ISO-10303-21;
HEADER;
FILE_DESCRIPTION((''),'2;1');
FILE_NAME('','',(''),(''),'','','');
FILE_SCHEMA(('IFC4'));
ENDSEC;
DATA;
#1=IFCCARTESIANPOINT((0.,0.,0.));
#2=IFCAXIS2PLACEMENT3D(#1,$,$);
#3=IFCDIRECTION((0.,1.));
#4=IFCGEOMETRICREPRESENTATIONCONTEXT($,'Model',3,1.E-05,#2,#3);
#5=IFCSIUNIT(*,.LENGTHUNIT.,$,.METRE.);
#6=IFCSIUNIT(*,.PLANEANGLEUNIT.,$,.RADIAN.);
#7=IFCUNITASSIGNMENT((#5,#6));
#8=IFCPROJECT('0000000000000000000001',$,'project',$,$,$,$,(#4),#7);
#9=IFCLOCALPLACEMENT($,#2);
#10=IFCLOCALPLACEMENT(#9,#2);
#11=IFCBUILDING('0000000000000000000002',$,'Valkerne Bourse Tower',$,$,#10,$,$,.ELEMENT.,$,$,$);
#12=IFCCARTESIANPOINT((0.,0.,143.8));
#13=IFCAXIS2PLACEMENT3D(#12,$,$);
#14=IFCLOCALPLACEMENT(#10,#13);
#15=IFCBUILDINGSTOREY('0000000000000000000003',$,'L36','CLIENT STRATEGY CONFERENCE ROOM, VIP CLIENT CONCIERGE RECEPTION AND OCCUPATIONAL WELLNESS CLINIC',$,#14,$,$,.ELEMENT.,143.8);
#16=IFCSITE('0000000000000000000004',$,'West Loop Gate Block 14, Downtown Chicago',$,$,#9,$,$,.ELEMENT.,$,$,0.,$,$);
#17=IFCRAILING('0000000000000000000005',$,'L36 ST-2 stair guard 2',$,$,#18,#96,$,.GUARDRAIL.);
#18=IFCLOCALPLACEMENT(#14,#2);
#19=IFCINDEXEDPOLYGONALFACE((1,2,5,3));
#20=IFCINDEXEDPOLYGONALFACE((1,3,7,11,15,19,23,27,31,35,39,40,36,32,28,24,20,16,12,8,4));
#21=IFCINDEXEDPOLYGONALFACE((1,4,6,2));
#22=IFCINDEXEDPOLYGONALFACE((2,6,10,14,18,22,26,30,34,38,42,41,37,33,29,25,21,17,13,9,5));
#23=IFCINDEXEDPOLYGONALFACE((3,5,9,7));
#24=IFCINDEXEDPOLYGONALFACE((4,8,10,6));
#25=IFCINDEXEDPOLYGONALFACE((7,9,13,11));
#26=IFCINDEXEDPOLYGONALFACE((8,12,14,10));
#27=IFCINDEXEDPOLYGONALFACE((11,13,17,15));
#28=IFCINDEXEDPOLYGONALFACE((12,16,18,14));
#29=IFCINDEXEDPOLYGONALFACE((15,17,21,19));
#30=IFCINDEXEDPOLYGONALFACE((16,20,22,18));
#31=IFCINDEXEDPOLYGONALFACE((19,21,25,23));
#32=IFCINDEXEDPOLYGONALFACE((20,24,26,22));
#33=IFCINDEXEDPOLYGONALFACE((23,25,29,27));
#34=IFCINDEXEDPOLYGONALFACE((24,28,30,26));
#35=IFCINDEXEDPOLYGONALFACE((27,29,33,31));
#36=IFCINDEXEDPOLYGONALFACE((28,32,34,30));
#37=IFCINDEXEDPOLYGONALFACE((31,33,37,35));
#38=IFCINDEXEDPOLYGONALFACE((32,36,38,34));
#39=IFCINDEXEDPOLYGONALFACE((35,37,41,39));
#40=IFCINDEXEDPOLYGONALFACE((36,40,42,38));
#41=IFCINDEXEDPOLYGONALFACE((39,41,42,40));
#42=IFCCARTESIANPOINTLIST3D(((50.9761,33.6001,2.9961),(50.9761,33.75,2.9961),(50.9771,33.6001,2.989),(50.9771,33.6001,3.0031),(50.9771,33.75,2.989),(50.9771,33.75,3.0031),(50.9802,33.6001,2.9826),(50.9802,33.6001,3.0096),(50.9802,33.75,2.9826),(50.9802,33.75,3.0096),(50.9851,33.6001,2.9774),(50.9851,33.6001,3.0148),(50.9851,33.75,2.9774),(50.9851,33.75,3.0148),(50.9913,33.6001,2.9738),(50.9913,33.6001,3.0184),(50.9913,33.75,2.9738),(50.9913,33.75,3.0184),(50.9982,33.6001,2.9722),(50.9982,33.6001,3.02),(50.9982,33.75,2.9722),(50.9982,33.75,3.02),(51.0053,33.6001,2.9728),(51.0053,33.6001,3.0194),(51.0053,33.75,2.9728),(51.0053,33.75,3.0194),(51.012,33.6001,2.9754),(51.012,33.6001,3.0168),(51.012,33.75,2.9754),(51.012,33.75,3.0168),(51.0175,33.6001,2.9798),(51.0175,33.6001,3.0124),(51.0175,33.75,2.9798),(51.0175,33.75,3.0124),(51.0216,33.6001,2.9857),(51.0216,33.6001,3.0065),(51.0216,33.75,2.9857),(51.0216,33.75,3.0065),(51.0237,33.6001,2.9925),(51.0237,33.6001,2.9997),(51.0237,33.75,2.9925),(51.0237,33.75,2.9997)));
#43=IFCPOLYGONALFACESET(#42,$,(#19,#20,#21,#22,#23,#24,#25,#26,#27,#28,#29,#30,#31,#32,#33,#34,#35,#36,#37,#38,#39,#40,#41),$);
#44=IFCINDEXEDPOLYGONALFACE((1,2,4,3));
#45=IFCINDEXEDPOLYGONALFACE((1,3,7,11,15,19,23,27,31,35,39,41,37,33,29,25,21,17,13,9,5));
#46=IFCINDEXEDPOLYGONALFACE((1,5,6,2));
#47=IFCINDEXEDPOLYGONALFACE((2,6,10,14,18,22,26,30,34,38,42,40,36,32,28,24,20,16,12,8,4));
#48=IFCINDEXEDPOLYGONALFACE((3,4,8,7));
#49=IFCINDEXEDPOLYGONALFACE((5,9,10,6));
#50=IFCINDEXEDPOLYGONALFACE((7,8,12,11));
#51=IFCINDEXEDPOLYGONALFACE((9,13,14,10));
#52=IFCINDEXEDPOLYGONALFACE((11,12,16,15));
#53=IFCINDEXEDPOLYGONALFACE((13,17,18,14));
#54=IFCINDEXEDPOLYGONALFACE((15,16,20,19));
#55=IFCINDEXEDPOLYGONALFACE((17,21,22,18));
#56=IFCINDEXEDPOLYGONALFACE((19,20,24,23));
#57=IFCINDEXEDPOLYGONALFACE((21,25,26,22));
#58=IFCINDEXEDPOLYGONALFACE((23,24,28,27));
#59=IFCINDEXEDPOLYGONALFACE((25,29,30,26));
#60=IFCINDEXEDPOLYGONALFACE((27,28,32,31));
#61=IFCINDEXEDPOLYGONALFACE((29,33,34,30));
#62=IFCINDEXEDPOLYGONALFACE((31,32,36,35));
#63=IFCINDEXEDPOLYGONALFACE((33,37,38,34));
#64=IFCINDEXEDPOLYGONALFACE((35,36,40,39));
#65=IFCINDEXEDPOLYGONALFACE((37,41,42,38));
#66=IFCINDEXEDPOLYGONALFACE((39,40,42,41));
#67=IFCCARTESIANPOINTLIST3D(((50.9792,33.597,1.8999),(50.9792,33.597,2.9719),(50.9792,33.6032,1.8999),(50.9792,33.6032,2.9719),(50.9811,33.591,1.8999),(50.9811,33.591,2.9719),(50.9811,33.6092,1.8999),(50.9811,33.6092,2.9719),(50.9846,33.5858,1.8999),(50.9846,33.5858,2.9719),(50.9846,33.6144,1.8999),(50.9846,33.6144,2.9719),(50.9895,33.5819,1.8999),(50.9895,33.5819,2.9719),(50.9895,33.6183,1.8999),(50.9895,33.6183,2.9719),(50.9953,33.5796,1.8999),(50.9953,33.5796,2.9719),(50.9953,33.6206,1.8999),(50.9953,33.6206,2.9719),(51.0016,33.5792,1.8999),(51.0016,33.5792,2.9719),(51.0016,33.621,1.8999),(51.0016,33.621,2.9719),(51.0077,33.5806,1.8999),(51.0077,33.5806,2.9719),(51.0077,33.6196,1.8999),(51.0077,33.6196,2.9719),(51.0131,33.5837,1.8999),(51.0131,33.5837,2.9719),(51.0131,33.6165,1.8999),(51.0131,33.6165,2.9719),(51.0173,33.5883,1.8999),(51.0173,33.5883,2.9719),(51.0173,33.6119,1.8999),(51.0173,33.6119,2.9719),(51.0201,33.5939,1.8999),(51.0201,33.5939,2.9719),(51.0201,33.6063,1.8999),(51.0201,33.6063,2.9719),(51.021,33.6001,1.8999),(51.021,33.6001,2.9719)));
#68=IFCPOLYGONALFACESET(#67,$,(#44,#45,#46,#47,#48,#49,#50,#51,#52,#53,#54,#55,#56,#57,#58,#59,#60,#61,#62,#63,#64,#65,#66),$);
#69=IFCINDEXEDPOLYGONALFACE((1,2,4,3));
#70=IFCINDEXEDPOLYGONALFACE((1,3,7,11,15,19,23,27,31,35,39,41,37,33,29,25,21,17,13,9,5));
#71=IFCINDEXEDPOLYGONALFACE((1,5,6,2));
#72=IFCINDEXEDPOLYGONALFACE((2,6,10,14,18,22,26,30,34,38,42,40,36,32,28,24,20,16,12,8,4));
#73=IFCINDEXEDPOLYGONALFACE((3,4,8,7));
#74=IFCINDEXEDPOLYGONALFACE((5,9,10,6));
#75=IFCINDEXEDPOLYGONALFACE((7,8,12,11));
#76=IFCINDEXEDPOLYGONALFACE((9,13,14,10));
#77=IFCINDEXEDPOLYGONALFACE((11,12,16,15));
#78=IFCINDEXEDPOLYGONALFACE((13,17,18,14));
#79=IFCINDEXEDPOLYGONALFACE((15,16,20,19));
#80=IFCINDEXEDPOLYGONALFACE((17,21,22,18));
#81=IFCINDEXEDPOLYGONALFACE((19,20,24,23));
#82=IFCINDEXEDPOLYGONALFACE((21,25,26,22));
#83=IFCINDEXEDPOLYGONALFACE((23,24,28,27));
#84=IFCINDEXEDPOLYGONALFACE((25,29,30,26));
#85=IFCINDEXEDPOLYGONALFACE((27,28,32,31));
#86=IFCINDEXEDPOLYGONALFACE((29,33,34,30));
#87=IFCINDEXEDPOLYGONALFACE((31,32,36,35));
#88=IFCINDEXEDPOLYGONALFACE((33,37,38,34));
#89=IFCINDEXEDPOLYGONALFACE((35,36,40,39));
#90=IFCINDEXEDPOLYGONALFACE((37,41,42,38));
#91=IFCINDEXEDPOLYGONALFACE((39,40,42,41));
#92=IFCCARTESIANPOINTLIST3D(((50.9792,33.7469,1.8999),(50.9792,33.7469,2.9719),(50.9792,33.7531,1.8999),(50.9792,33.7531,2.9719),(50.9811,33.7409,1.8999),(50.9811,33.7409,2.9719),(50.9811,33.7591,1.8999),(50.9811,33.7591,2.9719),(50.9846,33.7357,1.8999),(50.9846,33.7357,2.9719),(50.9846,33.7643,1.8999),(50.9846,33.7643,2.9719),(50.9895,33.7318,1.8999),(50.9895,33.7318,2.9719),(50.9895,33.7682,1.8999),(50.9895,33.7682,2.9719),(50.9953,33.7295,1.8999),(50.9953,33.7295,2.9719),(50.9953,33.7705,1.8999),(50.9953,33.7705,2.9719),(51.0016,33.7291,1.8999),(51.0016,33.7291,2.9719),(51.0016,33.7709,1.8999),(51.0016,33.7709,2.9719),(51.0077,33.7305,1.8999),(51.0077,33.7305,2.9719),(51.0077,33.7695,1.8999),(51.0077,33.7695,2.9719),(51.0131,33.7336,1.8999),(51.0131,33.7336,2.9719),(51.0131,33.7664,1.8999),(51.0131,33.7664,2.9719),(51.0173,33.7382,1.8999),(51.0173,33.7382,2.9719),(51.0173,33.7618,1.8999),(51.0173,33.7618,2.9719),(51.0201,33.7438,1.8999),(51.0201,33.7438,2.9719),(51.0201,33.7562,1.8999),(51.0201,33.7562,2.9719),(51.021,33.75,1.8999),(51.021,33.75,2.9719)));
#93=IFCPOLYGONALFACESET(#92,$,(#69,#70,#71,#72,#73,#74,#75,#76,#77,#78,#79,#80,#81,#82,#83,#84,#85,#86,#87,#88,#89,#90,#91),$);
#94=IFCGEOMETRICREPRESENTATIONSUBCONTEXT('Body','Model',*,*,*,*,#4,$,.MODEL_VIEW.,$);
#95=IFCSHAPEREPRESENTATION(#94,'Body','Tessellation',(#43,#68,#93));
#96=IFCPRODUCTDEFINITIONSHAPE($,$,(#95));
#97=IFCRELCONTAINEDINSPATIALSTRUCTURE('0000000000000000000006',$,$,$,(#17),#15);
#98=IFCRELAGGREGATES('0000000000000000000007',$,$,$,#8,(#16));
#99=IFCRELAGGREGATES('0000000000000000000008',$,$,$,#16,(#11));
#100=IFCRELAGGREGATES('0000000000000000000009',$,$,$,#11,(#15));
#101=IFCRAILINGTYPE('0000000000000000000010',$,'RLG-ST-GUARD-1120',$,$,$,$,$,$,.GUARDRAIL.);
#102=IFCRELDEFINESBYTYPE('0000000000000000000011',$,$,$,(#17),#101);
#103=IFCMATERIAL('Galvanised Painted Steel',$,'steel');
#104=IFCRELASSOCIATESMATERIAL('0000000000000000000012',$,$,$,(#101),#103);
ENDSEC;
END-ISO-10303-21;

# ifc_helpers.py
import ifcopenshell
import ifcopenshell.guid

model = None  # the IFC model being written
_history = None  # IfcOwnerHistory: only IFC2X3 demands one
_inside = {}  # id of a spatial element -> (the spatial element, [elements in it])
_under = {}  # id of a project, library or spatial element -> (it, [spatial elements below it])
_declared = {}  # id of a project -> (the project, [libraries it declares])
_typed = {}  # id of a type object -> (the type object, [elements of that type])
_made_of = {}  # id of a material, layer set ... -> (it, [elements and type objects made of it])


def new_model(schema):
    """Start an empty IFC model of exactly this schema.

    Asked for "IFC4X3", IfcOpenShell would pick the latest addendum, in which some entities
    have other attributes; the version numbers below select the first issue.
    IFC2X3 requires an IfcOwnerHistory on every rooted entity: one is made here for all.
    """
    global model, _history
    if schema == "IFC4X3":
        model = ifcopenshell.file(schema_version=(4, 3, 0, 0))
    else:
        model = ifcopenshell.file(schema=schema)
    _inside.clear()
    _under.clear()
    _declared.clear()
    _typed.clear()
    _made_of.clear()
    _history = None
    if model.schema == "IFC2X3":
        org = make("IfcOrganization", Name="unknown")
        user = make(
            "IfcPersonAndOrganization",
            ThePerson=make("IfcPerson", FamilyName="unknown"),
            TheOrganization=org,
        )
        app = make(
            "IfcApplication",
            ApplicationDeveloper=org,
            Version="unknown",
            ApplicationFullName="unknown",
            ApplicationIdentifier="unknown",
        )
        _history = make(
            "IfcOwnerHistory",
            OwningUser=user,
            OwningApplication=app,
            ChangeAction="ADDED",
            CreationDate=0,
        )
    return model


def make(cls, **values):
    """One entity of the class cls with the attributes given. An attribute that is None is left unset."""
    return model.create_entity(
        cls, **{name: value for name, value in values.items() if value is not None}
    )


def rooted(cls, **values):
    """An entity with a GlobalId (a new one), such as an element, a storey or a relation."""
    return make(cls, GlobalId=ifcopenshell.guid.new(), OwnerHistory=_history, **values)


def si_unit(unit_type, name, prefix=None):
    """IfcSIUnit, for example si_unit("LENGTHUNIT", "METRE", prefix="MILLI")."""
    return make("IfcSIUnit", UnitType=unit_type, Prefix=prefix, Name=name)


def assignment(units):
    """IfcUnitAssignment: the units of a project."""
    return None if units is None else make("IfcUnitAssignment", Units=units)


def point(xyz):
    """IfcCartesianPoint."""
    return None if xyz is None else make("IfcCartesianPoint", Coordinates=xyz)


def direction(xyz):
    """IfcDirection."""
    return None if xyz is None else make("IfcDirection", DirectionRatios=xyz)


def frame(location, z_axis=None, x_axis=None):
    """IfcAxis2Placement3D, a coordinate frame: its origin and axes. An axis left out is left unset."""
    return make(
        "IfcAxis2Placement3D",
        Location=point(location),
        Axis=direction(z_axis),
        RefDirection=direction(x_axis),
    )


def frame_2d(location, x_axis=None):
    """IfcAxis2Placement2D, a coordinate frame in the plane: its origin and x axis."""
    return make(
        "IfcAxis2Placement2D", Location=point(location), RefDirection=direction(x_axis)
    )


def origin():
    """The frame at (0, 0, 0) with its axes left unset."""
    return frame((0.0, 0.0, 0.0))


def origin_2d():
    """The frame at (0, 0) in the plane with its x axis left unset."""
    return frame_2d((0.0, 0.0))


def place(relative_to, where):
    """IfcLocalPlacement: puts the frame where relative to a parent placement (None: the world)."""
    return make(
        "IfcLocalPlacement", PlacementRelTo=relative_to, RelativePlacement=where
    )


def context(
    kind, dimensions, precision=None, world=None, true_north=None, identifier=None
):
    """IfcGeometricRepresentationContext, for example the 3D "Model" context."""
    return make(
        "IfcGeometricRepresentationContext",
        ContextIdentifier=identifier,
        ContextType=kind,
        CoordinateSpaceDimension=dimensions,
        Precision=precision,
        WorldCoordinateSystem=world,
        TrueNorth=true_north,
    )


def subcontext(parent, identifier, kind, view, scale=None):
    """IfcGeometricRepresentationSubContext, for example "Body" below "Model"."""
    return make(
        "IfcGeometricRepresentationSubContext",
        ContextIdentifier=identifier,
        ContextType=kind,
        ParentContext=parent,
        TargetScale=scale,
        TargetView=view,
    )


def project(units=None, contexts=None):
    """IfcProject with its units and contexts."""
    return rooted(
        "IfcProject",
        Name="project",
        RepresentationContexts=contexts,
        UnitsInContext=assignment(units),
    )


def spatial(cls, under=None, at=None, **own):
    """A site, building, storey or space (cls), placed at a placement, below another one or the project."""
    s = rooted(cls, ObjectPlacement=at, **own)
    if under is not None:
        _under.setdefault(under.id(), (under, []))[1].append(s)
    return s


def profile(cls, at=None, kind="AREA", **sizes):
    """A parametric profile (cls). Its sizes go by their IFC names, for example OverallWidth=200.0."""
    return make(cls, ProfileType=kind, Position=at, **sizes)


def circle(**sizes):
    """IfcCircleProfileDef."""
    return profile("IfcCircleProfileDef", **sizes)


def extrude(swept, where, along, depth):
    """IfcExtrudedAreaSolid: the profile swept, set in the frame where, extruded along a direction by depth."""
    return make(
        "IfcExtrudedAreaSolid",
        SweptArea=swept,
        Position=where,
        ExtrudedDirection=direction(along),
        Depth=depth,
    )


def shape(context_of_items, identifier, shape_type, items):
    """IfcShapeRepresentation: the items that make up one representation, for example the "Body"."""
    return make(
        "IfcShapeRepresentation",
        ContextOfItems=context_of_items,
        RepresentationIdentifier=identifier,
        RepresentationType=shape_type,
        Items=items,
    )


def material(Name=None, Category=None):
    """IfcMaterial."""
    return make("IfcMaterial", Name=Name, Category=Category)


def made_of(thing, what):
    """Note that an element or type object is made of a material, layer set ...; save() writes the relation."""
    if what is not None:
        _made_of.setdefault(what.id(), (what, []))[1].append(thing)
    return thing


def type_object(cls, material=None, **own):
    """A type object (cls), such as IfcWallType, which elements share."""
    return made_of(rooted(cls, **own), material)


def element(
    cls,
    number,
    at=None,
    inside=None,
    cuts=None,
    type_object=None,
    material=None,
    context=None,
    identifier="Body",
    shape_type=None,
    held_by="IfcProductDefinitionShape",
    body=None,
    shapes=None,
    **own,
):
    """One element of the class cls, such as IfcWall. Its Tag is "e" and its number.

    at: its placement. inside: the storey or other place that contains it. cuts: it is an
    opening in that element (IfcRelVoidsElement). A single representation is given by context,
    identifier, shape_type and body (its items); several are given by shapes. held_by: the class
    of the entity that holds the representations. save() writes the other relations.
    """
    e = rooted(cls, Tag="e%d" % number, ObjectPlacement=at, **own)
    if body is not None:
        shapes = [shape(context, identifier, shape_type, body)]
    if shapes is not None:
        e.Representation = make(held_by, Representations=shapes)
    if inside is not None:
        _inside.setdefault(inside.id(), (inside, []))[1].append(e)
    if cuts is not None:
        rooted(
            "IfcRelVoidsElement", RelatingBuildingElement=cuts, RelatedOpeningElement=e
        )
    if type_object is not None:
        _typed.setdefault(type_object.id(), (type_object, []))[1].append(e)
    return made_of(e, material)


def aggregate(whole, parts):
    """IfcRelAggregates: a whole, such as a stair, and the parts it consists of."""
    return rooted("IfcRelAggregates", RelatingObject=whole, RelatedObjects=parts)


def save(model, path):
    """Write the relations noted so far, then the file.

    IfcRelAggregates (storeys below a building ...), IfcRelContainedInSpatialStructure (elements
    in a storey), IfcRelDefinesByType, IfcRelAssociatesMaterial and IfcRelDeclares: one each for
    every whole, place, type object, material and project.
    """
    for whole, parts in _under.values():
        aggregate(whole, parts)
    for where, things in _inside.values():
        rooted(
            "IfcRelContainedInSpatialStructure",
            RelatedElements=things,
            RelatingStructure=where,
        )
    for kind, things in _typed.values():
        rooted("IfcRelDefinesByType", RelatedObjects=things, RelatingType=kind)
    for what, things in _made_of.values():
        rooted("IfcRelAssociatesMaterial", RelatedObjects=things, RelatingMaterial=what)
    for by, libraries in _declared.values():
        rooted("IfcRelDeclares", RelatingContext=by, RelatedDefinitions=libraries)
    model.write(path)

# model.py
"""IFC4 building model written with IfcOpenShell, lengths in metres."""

from ifc_helpers import new_model, si_unit, direction, frame, origin, origin_2d, place, context, subcontext, project, spatial, circle, extrude, material, type_object, element, save


model = new_model("IFC4")

# Units and contexts
model_context = context("Model", 3, precision=1e-05, world=origin(), true_north=direction((0.0, 1.0)))
body_context = subcontext(model_context, "Body", "Model", "MODEL_VIEW")
ifc_project = project(units=[si_unit("LENGTHUNIT", "METRE"), si_unit("PLANEANGLEUNIT", "RADIAN")], contexts=[model_context])

# Site, building, storey
site_placement = place(None, origin())
site = spatial("IfcSite", under=ifc_project, at=site_placement, Name="West Loop Gate Block 14, Downtown Chicago", CompositionType="ELEMENT", RefElevation=0.0)
building_placement = place(site_placement, origin())
building = spatial("IfcBuilding", under=site, at=building_placement, Name="Valkerne Bourse Tower", CompositionType="ELEMENT")
storey_placement = place(building_placement, frame((0.0, 0.0, 143.8)))
storey = spatial("IfcBuildingStorey", under=building, at=storey_placement, Name="L36", Description="CLIENT STRATEGY CONFERENCE ROOM, VIP CLIENT CONCIERGE RECEPTION AND OCCUPATIONAL WELLNESS CLINIC", CompositionType="ELEMENT", Elevation=143.8)

# Shared definitions
ifc_material_1 = material(Name="Galvanised Painted Steel", Category="steel")

# Railing
railing_type_1 = type_object("IfcRailingType", Name="RLG-ST-GUARD-1120", PredefinedType="GUARDRAIL", material=ifc_material_1)
railing_1_placement = place(storey_placement, frame((51.0, 33.6001, 1.8999)))
element("IfcRailing", 1, at=railing_1_placement, inside=storey, type_object=railing_type_1, Name="L36 ST-2 stair guard 2", PredefinedType="GUARDRAIL", context=body_context, shape_type="SweptSolid", body=[
    extrude(circle(Radius=0.0239, at=origin_2d()), frame((0.0, 0.0, 1.0962), z_axis=(0.0, 1.0, 0.0), x_axis=(-1.0, 0.0, 0.0)), (0.0, 0.0, 1.0), 0.1499),
    extrude(circle(Radius=0.021, at=origin_2d()), origin(), (0.0, 0.0, 1.0), 1.072),
    extrude(circle(Radius=0.021, at=origin_2d()), frame((0.0, 0.1499, 0.0)), (0.0, 0.0, 1.0), 1.072),
])

save(model, "model.ifc")
